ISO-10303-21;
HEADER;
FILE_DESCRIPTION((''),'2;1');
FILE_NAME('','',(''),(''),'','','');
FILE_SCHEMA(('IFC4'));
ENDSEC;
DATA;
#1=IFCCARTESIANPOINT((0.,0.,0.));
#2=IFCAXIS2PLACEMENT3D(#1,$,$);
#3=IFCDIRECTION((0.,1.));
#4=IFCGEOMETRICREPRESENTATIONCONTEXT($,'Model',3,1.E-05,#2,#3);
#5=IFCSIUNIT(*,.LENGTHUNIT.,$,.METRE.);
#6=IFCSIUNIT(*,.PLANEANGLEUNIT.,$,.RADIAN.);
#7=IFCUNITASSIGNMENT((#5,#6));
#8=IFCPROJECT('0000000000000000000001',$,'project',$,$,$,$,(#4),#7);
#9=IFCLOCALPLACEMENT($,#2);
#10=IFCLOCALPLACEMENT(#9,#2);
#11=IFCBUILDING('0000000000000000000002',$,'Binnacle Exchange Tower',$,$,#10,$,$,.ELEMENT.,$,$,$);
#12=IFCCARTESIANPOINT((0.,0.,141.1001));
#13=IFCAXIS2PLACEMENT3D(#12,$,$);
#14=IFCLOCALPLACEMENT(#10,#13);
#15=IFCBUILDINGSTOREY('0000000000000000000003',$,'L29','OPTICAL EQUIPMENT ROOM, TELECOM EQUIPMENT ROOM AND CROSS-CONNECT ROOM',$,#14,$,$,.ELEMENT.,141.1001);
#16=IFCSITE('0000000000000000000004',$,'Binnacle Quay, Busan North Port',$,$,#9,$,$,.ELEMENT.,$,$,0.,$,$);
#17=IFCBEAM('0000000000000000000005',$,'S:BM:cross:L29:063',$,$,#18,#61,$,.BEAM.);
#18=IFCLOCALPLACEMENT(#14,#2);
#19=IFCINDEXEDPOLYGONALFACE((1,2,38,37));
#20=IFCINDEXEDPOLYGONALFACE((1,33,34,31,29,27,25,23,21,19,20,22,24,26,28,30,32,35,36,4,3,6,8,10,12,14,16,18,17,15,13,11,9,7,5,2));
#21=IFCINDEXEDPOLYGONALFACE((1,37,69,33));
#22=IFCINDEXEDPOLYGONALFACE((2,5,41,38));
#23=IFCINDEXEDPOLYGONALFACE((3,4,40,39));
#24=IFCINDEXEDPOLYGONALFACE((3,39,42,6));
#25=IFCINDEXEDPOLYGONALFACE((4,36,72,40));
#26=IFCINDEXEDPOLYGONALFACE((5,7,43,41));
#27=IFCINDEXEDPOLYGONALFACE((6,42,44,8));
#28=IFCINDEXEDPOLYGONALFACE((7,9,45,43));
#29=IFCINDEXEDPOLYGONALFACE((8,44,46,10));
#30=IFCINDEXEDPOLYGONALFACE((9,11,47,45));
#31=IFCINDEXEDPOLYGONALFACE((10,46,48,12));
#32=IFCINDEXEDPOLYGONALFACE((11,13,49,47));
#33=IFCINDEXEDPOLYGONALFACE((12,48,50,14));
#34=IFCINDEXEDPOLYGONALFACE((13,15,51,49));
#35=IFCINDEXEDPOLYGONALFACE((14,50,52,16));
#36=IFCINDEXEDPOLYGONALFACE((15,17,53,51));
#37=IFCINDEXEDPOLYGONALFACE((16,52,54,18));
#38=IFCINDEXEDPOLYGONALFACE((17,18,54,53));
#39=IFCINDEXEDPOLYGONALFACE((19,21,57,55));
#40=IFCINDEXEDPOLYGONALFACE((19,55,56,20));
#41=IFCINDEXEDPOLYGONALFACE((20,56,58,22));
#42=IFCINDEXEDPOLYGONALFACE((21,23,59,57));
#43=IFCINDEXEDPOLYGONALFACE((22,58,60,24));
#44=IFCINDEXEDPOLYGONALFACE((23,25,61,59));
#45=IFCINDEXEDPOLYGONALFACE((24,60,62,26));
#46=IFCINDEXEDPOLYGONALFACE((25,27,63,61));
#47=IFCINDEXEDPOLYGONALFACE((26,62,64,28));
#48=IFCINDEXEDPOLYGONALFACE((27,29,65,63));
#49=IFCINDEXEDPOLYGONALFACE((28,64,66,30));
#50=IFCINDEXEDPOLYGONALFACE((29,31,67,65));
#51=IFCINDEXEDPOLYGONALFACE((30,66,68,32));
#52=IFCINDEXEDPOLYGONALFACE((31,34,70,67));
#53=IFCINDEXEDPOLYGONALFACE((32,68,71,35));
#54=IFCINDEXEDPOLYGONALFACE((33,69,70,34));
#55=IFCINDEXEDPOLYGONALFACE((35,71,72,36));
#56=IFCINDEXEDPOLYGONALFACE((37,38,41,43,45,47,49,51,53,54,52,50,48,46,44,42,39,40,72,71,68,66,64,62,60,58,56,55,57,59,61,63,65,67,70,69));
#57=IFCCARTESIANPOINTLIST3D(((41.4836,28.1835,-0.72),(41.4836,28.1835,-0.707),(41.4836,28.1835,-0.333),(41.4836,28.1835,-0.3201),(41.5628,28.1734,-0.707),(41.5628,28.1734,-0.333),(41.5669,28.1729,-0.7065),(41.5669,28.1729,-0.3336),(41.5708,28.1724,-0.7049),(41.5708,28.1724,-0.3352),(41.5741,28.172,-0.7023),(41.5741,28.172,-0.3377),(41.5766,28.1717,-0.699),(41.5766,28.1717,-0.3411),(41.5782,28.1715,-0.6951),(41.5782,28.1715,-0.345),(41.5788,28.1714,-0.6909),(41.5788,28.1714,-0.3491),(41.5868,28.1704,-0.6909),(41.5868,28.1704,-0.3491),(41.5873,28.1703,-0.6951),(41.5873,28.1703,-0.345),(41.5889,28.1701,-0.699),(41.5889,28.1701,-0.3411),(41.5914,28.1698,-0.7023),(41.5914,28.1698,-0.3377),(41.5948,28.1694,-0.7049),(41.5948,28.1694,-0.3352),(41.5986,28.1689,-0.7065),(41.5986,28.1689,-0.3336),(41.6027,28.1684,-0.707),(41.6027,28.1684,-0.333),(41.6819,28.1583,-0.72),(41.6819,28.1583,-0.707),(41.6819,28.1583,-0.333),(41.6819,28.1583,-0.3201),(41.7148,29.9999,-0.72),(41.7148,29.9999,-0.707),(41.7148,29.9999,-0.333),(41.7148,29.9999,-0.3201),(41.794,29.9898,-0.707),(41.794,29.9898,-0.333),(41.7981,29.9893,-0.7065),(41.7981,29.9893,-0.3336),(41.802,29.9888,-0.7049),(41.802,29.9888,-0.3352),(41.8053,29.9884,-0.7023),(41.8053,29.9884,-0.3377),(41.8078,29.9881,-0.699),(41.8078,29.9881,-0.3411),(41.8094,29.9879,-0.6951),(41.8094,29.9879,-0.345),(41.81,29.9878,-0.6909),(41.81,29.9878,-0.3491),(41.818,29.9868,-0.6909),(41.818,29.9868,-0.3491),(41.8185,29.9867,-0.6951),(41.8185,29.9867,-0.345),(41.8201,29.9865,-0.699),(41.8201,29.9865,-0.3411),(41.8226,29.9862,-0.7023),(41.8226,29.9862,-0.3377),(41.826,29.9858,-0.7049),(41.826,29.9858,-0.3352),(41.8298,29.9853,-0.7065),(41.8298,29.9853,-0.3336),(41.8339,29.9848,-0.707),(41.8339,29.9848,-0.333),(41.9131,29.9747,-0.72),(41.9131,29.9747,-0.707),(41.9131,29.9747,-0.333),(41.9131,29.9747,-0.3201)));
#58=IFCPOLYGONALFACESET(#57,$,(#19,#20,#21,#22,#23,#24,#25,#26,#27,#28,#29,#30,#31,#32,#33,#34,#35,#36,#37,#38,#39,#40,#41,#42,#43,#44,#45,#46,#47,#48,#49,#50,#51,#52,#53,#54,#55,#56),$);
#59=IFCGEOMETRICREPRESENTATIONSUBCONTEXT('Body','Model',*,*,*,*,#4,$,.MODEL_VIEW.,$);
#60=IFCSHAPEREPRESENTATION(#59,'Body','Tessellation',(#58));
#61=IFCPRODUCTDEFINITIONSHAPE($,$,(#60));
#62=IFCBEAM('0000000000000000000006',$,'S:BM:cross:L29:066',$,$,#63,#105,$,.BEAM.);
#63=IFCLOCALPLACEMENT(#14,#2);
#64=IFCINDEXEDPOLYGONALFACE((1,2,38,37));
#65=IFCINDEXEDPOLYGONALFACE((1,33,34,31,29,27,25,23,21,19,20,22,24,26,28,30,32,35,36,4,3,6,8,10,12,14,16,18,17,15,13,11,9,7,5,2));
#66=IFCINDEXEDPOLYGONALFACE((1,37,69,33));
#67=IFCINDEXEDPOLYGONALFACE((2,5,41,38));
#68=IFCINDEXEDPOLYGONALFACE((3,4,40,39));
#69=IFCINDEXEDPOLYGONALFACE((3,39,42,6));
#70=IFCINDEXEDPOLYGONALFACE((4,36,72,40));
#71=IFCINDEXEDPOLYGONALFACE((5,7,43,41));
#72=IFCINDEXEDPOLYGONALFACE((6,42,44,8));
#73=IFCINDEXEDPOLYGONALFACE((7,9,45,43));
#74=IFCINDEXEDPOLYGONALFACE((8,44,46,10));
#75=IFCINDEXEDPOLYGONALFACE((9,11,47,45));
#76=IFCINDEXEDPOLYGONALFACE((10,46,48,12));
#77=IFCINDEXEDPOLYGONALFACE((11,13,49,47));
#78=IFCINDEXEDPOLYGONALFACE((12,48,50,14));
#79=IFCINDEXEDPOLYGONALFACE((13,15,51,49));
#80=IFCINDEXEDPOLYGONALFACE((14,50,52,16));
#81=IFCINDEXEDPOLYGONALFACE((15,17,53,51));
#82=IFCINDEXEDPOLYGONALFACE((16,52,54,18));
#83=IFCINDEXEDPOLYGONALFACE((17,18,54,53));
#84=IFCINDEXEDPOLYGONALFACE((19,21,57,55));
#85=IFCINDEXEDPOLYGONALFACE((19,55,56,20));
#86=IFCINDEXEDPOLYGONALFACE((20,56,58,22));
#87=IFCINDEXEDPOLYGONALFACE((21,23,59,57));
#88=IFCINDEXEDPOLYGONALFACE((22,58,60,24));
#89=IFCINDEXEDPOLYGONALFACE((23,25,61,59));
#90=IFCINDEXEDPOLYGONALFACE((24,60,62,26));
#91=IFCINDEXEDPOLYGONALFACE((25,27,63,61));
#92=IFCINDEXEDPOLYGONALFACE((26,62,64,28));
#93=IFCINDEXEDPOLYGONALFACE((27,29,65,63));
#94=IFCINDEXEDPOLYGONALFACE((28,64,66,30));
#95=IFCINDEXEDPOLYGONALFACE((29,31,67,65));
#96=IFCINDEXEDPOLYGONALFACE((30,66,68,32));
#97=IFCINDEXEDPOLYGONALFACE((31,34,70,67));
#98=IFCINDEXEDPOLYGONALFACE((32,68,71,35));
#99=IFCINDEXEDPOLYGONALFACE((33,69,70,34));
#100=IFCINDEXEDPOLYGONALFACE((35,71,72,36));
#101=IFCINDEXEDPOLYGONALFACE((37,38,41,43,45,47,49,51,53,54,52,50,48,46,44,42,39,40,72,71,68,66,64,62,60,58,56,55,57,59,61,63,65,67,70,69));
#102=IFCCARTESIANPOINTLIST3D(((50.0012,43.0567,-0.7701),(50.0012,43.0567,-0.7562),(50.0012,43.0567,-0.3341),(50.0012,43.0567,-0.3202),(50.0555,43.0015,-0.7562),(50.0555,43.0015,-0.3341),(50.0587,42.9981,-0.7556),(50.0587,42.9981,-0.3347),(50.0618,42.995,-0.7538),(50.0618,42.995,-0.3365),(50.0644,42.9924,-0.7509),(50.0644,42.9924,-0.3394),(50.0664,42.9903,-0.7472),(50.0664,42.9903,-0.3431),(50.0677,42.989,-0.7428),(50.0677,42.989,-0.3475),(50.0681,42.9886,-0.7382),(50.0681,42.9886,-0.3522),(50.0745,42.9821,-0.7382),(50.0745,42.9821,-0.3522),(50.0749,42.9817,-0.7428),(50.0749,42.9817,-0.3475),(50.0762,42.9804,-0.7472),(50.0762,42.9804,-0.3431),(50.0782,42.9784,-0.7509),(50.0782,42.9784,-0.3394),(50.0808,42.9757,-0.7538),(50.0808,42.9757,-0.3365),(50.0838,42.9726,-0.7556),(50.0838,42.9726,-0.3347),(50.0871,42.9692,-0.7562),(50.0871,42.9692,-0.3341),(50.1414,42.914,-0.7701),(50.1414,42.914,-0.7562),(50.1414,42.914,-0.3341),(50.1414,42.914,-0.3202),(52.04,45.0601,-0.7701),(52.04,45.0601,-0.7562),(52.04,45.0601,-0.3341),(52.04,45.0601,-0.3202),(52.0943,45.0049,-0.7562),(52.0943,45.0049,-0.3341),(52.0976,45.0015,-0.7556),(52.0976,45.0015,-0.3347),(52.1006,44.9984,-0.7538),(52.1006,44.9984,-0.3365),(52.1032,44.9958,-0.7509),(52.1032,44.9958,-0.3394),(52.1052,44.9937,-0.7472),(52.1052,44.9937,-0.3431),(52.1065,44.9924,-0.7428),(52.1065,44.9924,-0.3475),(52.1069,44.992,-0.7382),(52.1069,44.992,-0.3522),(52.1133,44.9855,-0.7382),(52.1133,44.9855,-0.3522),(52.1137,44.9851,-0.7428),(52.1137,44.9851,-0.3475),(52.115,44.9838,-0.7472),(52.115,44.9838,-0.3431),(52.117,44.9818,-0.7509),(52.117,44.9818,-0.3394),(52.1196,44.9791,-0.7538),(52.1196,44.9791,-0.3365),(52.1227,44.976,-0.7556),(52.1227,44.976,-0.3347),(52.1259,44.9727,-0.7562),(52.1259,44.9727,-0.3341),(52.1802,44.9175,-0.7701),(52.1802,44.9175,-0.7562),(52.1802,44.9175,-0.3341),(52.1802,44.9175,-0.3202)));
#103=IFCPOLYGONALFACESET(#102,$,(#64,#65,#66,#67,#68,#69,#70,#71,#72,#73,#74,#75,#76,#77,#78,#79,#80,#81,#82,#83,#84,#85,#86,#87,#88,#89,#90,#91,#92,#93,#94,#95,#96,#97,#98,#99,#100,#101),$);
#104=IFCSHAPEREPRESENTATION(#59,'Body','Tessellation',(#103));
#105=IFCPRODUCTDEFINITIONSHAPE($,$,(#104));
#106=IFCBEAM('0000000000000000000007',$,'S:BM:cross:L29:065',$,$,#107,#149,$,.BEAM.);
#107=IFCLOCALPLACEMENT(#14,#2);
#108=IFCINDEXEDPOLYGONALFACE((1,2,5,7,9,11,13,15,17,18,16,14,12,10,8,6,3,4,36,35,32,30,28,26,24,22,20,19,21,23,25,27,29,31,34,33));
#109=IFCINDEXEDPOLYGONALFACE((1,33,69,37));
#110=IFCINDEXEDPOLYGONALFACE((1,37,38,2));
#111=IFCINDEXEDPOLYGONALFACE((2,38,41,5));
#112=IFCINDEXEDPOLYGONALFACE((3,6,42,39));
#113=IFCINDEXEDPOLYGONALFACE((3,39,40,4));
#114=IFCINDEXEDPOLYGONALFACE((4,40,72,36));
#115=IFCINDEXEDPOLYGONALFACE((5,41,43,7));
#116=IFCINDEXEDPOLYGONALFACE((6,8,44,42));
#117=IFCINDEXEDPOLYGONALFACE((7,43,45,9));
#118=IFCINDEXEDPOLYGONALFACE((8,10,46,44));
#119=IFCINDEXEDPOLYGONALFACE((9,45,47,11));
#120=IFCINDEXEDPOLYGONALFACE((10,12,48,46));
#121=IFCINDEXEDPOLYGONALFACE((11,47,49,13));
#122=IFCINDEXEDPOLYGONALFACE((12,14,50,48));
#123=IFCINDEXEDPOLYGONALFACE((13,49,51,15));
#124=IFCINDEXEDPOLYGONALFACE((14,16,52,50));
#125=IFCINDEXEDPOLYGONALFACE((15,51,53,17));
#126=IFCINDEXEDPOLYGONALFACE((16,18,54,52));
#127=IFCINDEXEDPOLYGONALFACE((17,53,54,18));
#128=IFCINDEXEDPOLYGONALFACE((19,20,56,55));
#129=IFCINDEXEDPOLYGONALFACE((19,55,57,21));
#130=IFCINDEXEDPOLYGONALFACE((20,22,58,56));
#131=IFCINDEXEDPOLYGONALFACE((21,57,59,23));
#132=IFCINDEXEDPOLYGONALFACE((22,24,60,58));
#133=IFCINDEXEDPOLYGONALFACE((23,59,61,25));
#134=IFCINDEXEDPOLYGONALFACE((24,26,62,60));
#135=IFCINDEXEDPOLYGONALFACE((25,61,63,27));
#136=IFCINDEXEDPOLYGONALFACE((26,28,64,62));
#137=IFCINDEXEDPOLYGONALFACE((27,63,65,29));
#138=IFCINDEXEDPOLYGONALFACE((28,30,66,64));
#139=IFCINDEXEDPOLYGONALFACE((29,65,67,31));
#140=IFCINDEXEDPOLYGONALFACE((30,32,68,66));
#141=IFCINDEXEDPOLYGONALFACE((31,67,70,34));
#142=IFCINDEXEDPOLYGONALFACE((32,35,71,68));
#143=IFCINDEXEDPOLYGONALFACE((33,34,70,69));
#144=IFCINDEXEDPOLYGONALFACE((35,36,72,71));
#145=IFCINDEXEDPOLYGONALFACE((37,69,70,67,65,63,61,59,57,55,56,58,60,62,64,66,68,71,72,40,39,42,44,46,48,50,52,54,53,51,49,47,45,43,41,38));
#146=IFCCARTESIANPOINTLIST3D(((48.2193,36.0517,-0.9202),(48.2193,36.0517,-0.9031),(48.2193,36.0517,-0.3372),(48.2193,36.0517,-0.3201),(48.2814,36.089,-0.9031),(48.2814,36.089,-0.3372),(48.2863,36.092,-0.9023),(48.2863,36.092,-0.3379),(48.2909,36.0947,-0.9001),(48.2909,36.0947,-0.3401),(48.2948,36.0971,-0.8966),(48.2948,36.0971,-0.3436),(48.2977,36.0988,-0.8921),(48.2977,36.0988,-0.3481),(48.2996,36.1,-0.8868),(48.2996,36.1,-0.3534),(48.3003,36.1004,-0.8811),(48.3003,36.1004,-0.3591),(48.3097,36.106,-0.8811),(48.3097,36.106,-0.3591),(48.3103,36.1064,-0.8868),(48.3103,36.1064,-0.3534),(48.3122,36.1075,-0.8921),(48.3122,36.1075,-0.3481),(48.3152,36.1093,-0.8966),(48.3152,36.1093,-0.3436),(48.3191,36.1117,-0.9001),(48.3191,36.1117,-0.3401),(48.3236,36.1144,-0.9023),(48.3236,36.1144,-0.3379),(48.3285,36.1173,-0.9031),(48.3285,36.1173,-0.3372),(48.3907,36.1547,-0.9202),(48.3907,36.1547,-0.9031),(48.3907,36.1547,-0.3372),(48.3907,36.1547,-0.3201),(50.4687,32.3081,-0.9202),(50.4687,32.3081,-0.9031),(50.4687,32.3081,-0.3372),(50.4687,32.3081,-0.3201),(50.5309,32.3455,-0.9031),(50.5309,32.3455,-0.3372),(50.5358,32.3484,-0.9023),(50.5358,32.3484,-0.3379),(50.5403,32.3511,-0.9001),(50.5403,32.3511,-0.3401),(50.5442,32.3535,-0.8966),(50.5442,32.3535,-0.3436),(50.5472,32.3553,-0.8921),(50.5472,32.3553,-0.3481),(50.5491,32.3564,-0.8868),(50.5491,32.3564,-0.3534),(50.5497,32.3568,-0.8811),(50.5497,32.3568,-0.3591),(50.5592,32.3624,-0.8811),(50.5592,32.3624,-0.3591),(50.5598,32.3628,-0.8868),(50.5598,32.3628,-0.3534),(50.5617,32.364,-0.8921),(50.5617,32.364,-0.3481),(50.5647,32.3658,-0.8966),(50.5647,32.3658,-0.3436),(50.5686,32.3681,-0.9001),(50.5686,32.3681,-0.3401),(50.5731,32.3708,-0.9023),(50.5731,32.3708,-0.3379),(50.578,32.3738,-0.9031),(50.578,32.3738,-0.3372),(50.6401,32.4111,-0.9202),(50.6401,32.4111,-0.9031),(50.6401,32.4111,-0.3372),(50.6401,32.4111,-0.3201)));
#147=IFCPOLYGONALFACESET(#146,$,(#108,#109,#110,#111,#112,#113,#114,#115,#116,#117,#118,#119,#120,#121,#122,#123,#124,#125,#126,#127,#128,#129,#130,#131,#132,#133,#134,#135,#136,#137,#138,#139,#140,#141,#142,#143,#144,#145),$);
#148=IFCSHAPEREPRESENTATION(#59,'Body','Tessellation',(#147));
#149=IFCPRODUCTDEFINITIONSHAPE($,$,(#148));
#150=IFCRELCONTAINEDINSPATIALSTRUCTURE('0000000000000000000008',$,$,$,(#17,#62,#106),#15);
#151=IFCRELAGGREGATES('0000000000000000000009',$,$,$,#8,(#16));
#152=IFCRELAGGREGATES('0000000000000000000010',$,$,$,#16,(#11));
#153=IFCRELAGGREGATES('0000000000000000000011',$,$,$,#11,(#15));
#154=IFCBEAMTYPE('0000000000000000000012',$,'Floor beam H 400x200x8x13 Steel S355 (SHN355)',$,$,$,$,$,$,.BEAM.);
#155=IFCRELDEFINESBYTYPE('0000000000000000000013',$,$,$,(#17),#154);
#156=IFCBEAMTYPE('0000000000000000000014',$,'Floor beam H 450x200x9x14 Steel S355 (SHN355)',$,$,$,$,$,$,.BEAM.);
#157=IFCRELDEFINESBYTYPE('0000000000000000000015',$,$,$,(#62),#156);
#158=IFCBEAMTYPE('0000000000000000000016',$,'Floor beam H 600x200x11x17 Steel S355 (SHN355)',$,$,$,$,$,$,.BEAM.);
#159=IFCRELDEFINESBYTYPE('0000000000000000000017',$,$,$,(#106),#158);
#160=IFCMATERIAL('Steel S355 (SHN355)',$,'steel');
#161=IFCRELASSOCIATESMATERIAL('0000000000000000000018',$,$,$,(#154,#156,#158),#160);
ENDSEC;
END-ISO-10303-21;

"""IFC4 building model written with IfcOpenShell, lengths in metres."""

from ifc_helpers import new_model, si_unit, direction, frame, origin, origin_2d, place, context, subcontext, project, spatial, i_section, extrude, material, material_profile, profile_set, type_object, element, save


model = new_model("IFC4")

# Units and contexts
model_context = context("Model", 3, precision=1e-05, world=origin(), true_north=direction((0.0, 1.0)))
body_context = subcontext(model_context, "Body", "Model", "MODEL_VIEW")
ifc_project = project(units=[si_unit("LENGTHUNIT", "METRE"), si_unit("PLANEANGLEUNIT", "RADIAN")], contexts=[model_context])

# Site, building, storey
site_placement = place(None, origin())
site = spatial("IfcSite", under=ifc_project, at=site_placement, Name="Binnacle Quay, Busan North Port", CompositionType="ELEMENT", RefElevation=0.0)
building_placement = place(site_placement, origin())
building = spatial("IfcBuilding", under=site, at=building_placement, Name="Binnacle Exchange Tower", CompositionType="ELEMENT")
storey_placement = place(building_placement, frame((0.0, 0.0, 141.1001)))
storey = spatial("IfcBuildingStorey", under=building, at=storey_placement, Name="L29", Description="OPTICAL EQUIPMENT ROOM, TELECOM EQUIPMENT ROOM AND CROSS-CONNECT ROOM", CompositionType="ELEMENT", Elevation=141.1001)

# Beams
ifc_material_1 = material(Name="Steel S355 (SHN355)", Category="steel")
ifc_material_profile_1 = material_profile(ifc_material_1, i_section(OverallWidth=0.2, OverallDepth=0.3999, WebThickness=0.0081, FlangeThickness=0.0129, FilletRadius=0.0161, at=origin_2d()), Name="H 400x200x8x13")
ifc_profile_set_1 = profile_set([ifc_material_profile_1], Name="Steel S355 (SHN355)")
beam_type_1 = type_object("IfcBeamType", Name="Floor beam H 400x200x8x13 Steel S355 (SHN355)", PredefinedType="BEAM", material=ifc_profile_set_1)
beam_1_placement = place(storey_placement, frame((41.5828, 28.1709, -0.52), z_axis=(0.126266, 0.991996, 0.0), x_axis=(-0.991996, 0.126266, 0.0)))
element("IfcBeam", 1, at=beam_1_placement, inside=storey, type_object=beam_type_1, Name="S:BM:cross:L29:063", PredefinedType="BEAM", context=body_context, shape_type="SweptSolid", body=[
    extrude(i_section(OverallWidth=0.2, OverallDepth=0.3999, WebThickness=0.0081, FlangeThickness=0.0129, FilletRadius=0.0161, at=origin_2d()), origin(), (0.0, 0.0, 1.0), 1.8311),
])
ifc_material_profile_2 = material_profile(ifc_material_1, i_section(OverallWidth=0.2, OverallDepth=0.45, WebThickness=0.009, FlangeThickness=0.0139, FilletRadius=0.0181, at=origin_2d()), Name="H 450x200x9x14")
ifc_profile_set_2 = profile_set([ifc_material_profile_2], Name="Steel S355 (SHN355)")
beam_type_2 = type_object("IfcBeamType", Name="Floor beam H 450x200x9x14 Steel S355 (SHN355)", PredefinedType="BEAM", material=ifc_profile_set_2)
beam_2_placement = place(storey_placement, frame((52.1101, 44.9888, -0.5452), z_axis=(-0.713272, -0.700887, 0.0), x_axis=(0.700887, -0.713272, 0.0)))
element("IfcBeam", 2, at=beam_2_placement, inside=storey, type_object=beam_type_2, Name="S:BM:cross:L29:066", PredefinedType="BEAM", context=body_context, shape_type="SweptSolid", body=[
    extrude(i_section(OverallWidth=0.2, OverallDepth=0.45, WebThickness=0.009, FlangeThickness=0.0139, FilletRadius=0.0181, at=origin_2d()), origin(), (0.0, 0.0, 1.0), 2.8584),
])
ifc_material_profile_3 = material_profile(ifc_material_1, i_section(OverallWidth=0.2, OverallDepth=0.6001, WebThickness=0.011, FlangeThickness=0.0171, FilletRadius=0.022, at=origin_2d()), Name="H 600x200x11x17")
ifc_profile_set_3 = profile_set([ifc_material_profile_3], Name="Steel S355 (SHN355)")
beam_type_3 = type_object("IfcBeamType", Name="Floor beam H 600x200x11x17 Steel S355 (SHN355)", PredefinedType="BEAM", material=ifc_profile_set_3)
beam_3_placement = place(storey_placement, frame((50.5544, 32.3596, -0.6201), z_axis=(-0.515055, 0.857157, 0.0), x_axis=(-0.857157, -0.515055, 0.0)))
element("IfcBeam", 3, at=beam_3_placement, inside=storey, type_object=beam_type_3, Name="S:BM:cross:L29:065", PredefinedType="BEAM", context=body_context, shape_type="SweptSolid", body=[
    extrude(i_section(OverallWidth=0.2, OverallDepth=0.6001, WebThickness=0.011, FlangeThickness=0.0171, FilletRadius=0.022, at=origin_2d()), origin(), (0.0, 0.0, 1.0), 4.3674),
])

save(model, "model.ifc")
